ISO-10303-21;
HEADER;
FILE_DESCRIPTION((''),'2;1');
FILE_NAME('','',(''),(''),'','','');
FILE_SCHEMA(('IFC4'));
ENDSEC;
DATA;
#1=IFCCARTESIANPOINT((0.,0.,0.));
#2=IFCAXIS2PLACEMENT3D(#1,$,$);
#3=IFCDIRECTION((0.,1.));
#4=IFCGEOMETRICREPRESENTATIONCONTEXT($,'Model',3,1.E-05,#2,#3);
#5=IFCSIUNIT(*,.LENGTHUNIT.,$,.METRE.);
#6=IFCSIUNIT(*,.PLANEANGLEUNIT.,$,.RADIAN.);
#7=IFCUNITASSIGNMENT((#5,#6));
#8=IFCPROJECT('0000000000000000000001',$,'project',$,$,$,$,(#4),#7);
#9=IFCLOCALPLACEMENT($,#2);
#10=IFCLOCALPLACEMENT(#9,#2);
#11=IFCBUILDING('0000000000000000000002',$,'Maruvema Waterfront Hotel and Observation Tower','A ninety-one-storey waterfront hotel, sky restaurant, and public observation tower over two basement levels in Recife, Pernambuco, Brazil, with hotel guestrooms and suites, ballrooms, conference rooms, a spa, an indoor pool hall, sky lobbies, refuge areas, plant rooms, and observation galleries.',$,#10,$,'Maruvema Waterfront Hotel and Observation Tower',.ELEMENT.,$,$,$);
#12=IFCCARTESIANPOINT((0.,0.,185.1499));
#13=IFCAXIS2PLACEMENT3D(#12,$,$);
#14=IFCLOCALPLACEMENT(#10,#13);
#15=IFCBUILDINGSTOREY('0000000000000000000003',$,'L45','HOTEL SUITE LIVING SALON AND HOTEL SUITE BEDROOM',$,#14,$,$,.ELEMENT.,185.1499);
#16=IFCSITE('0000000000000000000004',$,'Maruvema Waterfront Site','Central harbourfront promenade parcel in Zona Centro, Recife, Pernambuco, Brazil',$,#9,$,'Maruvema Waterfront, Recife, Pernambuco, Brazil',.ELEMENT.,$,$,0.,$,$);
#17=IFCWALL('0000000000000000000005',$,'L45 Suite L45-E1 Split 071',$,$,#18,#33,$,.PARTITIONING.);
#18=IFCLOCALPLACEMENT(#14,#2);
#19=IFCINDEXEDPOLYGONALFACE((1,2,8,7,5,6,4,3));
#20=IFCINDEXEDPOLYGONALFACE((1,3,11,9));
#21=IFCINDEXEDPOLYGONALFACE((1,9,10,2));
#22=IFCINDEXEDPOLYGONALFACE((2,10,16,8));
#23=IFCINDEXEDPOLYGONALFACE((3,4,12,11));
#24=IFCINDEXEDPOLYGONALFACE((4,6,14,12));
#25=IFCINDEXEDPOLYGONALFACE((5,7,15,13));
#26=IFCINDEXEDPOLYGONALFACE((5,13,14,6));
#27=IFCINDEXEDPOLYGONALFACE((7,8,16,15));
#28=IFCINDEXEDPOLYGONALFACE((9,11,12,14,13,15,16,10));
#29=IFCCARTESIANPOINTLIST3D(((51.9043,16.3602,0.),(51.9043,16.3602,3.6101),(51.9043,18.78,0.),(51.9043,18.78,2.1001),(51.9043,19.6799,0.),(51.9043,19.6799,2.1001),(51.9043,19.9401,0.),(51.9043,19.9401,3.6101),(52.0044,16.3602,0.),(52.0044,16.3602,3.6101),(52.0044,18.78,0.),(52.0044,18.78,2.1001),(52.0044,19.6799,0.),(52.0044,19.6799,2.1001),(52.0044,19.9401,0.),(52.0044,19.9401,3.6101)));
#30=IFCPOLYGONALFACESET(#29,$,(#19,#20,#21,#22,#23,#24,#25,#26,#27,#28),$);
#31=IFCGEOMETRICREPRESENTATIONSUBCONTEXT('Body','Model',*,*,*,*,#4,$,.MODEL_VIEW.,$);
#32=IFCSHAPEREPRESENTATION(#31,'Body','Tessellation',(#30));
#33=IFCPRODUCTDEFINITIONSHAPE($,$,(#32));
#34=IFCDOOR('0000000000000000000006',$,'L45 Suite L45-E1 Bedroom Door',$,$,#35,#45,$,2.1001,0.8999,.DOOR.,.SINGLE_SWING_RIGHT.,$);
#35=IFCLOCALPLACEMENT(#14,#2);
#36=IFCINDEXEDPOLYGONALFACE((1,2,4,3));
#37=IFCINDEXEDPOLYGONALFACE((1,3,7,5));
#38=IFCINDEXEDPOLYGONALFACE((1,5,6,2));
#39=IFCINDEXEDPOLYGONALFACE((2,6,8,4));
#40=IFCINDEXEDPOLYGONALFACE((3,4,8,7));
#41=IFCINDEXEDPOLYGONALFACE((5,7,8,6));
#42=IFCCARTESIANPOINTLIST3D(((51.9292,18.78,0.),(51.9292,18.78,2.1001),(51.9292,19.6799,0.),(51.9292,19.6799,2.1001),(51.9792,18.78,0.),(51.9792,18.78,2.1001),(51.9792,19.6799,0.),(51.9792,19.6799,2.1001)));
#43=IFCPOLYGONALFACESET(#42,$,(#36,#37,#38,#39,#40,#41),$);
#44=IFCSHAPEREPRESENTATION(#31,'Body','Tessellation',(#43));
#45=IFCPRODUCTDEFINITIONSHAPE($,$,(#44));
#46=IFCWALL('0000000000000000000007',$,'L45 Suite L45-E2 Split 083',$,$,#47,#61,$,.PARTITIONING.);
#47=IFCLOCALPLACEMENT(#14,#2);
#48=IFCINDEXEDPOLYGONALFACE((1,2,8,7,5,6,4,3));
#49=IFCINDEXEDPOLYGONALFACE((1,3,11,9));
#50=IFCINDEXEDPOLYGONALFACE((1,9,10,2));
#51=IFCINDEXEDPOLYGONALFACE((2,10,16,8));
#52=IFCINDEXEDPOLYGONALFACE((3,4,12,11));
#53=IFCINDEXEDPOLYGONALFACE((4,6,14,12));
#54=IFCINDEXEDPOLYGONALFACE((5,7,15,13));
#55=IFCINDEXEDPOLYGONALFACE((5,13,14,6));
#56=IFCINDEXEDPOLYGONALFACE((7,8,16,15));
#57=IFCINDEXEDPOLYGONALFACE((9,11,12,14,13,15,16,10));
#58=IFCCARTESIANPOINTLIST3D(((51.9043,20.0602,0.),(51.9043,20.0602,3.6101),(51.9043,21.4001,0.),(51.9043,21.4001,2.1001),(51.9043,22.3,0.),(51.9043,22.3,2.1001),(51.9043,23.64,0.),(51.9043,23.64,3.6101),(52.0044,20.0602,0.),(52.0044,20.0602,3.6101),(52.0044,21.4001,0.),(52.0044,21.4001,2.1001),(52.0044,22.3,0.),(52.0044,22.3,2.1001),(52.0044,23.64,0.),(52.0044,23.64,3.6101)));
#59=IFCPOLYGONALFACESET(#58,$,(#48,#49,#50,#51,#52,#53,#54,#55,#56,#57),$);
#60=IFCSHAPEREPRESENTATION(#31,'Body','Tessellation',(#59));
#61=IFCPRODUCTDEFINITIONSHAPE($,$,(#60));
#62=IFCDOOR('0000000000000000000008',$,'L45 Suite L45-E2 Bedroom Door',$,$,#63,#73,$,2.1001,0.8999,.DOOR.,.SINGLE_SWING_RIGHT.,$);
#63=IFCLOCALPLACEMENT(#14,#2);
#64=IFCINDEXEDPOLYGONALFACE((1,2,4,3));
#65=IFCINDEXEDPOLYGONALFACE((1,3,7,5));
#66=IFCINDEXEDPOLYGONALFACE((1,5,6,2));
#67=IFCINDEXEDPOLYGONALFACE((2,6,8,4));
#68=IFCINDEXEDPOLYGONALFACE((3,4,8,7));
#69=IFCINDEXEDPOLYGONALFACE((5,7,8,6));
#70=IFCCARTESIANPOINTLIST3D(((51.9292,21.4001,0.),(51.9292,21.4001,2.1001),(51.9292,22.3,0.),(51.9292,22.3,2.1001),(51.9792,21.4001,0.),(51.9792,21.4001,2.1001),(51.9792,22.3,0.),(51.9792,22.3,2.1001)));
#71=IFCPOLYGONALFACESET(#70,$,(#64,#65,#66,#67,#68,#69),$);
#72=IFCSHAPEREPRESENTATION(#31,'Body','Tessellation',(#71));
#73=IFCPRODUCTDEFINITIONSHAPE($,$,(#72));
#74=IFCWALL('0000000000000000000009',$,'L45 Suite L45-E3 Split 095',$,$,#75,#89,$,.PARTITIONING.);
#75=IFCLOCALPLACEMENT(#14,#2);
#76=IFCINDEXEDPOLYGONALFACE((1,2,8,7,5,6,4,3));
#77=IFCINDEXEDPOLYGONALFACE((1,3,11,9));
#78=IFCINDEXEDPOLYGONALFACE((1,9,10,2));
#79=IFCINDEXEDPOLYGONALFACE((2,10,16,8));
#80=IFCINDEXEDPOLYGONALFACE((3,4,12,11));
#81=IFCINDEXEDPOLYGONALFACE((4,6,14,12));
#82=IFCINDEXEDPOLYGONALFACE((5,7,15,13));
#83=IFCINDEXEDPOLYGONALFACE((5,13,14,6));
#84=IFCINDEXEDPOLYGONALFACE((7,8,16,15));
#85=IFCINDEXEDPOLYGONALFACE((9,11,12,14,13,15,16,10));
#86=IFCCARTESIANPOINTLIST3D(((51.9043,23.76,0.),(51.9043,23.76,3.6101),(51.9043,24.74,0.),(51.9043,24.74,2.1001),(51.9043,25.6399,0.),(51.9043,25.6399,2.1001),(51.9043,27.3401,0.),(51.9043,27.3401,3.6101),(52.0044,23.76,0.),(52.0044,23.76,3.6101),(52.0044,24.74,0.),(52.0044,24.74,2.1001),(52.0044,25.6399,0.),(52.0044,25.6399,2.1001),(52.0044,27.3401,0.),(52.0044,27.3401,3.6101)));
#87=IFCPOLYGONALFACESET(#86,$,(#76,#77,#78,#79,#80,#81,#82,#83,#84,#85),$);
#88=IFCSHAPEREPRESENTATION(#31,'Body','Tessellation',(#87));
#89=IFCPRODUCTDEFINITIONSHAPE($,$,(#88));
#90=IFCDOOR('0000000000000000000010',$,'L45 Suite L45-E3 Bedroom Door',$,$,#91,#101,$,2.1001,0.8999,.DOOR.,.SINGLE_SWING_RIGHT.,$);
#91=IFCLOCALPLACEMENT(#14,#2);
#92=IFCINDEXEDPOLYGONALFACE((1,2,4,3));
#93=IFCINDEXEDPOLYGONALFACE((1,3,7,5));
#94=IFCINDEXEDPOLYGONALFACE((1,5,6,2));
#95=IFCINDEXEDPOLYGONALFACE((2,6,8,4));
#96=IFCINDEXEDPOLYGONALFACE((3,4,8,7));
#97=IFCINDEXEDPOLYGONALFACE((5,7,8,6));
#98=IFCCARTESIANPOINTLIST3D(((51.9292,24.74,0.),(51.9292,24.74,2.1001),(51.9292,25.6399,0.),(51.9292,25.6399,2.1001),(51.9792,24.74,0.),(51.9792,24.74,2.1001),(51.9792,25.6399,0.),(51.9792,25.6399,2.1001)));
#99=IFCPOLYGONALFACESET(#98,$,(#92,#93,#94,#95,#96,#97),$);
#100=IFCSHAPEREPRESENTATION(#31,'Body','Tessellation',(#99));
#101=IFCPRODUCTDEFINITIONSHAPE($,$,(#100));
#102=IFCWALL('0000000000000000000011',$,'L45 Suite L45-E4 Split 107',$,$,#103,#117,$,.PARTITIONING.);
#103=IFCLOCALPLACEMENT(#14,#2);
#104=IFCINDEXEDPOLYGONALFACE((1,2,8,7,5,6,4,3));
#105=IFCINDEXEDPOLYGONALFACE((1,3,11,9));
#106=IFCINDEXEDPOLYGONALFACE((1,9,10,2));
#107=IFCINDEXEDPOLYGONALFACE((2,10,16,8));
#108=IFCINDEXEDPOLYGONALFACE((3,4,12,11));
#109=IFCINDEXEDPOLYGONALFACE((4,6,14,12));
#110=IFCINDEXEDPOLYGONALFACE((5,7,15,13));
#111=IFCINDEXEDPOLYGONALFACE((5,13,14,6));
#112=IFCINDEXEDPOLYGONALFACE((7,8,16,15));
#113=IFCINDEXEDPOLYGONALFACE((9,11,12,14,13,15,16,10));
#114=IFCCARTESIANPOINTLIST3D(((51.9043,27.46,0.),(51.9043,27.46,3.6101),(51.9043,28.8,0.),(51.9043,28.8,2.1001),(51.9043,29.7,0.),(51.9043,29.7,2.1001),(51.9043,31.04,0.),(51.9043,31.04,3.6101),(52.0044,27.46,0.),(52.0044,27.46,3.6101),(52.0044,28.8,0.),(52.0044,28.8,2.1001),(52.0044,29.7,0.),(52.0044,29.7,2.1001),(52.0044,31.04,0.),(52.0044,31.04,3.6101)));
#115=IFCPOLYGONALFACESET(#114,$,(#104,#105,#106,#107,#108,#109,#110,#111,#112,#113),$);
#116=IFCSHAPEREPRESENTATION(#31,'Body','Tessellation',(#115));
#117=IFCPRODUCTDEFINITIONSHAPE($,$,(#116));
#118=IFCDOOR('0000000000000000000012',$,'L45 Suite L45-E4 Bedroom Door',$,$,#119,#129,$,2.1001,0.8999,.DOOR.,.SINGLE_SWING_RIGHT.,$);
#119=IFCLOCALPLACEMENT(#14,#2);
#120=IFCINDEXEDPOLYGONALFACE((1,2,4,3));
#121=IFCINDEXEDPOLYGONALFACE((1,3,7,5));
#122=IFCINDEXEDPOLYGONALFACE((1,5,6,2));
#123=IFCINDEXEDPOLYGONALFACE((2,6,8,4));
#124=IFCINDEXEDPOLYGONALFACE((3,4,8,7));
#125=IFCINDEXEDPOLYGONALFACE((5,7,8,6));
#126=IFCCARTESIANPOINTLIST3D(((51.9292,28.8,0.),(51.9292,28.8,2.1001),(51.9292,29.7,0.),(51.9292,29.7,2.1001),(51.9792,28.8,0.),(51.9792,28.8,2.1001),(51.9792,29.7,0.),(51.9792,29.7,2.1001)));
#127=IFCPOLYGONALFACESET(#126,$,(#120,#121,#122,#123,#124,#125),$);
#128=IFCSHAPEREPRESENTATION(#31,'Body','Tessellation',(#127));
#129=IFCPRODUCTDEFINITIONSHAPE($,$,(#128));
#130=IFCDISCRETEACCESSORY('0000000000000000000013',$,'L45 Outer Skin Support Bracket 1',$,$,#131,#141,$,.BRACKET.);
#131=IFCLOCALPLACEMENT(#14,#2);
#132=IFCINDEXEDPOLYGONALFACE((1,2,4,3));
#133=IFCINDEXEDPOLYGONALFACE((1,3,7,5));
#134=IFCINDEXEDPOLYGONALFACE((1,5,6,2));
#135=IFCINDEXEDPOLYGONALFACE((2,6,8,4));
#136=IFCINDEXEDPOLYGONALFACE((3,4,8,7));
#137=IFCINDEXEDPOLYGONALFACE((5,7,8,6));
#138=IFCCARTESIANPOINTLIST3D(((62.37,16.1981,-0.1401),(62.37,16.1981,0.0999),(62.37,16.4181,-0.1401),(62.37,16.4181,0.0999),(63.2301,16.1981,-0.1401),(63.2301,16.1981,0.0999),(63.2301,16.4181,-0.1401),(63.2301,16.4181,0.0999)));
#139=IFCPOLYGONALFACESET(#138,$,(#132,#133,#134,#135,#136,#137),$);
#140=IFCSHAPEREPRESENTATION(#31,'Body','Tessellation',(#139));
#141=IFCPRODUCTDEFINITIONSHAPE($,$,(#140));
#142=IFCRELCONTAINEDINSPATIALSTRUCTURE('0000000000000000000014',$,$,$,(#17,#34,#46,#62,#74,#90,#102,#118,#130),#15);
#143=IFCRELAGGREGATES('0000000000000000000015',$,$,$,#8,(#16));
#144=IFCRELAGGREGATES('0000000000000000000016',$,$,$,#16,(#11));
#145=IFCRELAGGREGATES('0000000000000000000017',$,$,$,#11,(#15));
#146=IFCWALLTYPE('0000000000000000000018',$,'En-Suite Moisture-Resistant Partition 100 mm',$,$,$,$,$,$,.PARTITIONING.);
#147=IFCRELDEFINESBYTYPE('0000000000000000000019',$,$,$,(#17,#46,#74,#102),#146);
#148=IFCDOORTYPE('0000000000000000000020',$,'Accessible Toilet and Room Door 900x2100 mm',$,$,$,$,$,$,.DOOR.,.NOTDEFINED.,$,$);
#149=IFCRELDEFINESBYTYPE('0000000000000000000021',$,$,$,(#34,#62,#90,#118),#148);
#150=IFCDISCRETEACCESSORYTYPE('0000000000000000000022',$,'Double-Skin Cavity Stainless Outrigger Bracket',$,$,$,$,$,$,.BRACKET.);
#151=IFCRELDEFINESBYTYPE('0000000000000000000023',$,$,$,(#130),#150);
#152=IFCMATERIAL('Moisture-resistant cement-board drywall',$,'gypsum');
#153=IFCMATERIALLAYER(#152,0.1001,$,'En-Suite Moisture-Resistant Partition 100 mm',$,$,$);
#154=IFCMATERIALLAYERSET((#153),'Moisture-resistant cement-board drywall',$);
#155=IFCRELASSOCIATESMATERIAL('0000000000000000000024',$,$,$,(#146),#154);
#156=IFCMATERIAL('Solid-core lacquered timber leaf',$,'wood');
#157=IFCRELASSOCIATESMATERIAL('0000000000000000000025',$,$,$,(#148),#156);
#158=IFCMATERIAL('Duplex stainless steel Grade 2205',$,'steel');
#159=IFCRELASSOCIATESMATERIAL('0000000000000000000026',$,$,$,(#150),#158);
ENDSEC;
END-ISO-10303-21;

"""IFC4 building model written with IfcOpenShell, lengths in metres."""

from ifc_helpers import new_model, si_unit, direction, frame, frame_2d, origin, origin_2d, place, context, subcontext, project, spatial, rectangle, extrude, material, layer, layer_set, type_object, element, fill, save


model = new_model("IFC4")

# Units and contexts
model_context = context("Model", 3, precision=1e-05, world=origin(), true_north=direction((0.0, 1.0)))
body_context = subcontext(model_context, "Body", "Model", "MODEL_VIEW")
ifc_project = project(units=[si_unit("LENGTHUNIT", "METRE"), si_unit("PLANEANGLEUNIT", "RADIAN")], contexts=[model_context])

# Site, building, storey
site_placement = place(None, origin())
site = spatial("IfcSite", under=ifc_project, at=site_placement, Name="Maruvema Waterfront Site", Description="Central harbourfront promenade parcel in Zona Centro, Recife, Pernambuco, Brazil", LongName="Maruvema Waterfront, Recife, Pernambuco, Brazil", CompositionType="ELEMENT", RefElevation=0.0)
building_placement = place(site_placement, origin())
building = spatial("IfcBuilding", under=site, at=building_placement, Name="Maruvema Waterfront Hotel and Observation Tower", Description="A ninety-one-storey waterfront hotel, sky restaurant, and public observation tower over two basement levels in Recife, Pernambuco, Brazil, with hotel guestrooms and suites, ballrooms, conference rooms, a spa, an indoor pool hall, sky lobbies, refuge areas, plant rooms, and observation galleries.", LongName="Maruvema Waterfront Hotel and Observation Tower", CompositionType="ELEMENT")
storey_placement = place(building_placement, frame((0.0, 0.0, 185.1499)))
storey = spatial("IfcBuildingStorey", under=building, at=storey_placement, Name="L45", Description="HOTEL SUITE LIVING SALON AND HOTEL SUITE BEDROOM", CompositionType="ELEMENT", Elevation=185.1499)

# Walls, openings, doors
ifc_material_1 = material(Name="Moisture-resistant cement-board drywall", Category="gypsum")
ifc_layer_1 = layer(ifc_material_1, 0.1001, Name="En-Suite Moisture-Resistant Partition 100 mm")
ifc_layer_set_1 = layer_set([ifc_layer_1], Name="Moisture-resistant cement-board drywall")
wall_type = type_object("IfcWallType", Name="En-Suite Moisture-Resistant Partition 100 mm", PredefinedType="PARTITIONING", material=ifc_layer_set_1)
wall_1_placement = place(storey_placement, frame((51.9543, 16.3601, 0.0), z_axis=(0.0, 0.0, 1.0), x_axis=(0.0, 1.0, 0.0)))
wall_1 = element("IfcWall", 1, at=wall_1_placement, inside=storey, type_object=wall_type, Name="L45 Suite L45-E1 Split 071", PredefinedType="PARTITIONING", context=body_context, shape_type="SweptSolid", body=[
    extrude(rectangle(XDim=3.5798, YDim=0.1001, at=frame_2d((1.79, 0.0))), origin(), (0.0, 0.0, 1.0), 3.6101),
])
opening_1_placement = place(wall_1_placement, frame((2.4199, 0.0, 0.0)))
opening_1 = element("IfcOpeningElement", 2, at=opening_1_placement, cuts=wall_1, PredefinedType="OPENING", context=body_context, shape_type="SweptSolid", body=[
    extrude(rectangle(XDim=0.8999, YDim=2.1001, at=frame_2d((0.45, 1.05))), frame((0.0, 0.0601, 0.0), z_axis=(0.0, -1.0, 0.0), x_axis=(1.0, 0.0, 0.0)), (0.0, 0.0, 1.0), 0.1201),
])
ifc_material_2 = material(Name="Solid-core lacquered timber leaf", Category="wood")
door_type = type_object("IfcDoorType", Name="Accessible Toilet and Room Door 900x2100 mm", OperationType="NOTDEFINED", PredefinedType="DOOR", material=ifc_material_2)
door_1_placement = place(opening_1_placement, frame((0.8999, 0.0, 0.0), z_axis=(0.0, 0.0, 1.0), x_axis=(-1.0, 0.0, 0.0)))
door_1 = element("IfcDoor", 3, at=door_1_placement, inside=storey, type_object=door_type, Name="L45 Suite L45-E1 Bedroom Door", OperationType="SINGLE_SWING_RIGHT", OverallHeight=2.1001, OverallWidth=0.8999, PredefinedType="DOOR", context=body_context, shape_type="SweptSolid", body=[
    extrude(rectangle(XDim=0.8999, YDim=2.1001, at=frame_2d((0.45, 1.05))), frame((0.0, 0.0249, 0.0), z_axis=(0.0, -1.0, 0.0), x_axis=(1.0, 0.0, 0.0)), (0.0, 0.0, 1.0), 0.05),
])
fill(opening_1, door_1)
wall_2_placement = place(storey_placement, frame((51.9543, 20.0601, 0.0), z_axis=(0.0, 0.0, 1.0), x_axis=(0.0, 1.0, 0.0)))
wall_2 = element("IfcWall", 4, at=wall_2_placement, inside=storey, type_object=wall_type, Name="L45 Suite L45-E2 Split 083", PredefinedType="PARTITIONING", context=body_context, shape_type="SweptSolid", body=[
    extrude(rectangle(XDim=3.5798, YDim=0.1001, at=frame_2d((1.79, 0.0))), origin(), (0.0, 0.0, 1.0), 3.6101),
])
opening_2_placement = place(wall_2_placement, frame((1.3401, 0.0, 0.0)))
opening_2 = element("IfcOpeningElement", 5, at=opening_2_placement, cuts=wall_2, PredefinedType="OPENING", context=body_context, shape_type="SweptSolid", body=[
    extrude(rectangle(XDim=0.8999, YDim=2.1001, at=frame_2d((0.45, 1.05))), frame((0.0, 0.0601, 0.0), z_axis=(0.0, -1.0, 0.0), x_axis=(1.0, 0.0, 0.0)), (0.0, 0.0, 1.0), 0.1201),
])
door_2_placement = place(opening_2_placement, frame((0.8999, 0.0, 0.0), z_axis=(0.0, 0.0, 1.0), x_axis=(-1.0, 0.0, 0.0)))
door_2 = element("IfcDoor", 6, at=door_2_placement, inside=storey, type_object=door_type, Name="L45 Suite L45-E2 Bedroom Door", OperationType="SINGLE_SWING_RIGHT", OverallHeight=2.1001, OverallWidth=0.8999, PredefinedType="DOOR", context=body_context, shape_type="SweptSolid", body=[
    extrude(rectangle(XDim=0.8999, YDim=2.1001, at=frame_2d((0.45, 1.05))), frame((0.0, 0.0249, 0.0), z_axis=(0.0, -1.0, 0.0), x_axis=(1.0, 0.0, 0.0)), (0.0, 0.0, 1.0), 0.05),
])
fill(opening_2, door_2)
wall_3_placement = place(storey_placement, frame((51.9543, 23.76, 0.0), z_axis=(0.0, 0.0, 1.0), x_axis=(0.0, 1.0, 0.0)))
wall_3 = element("IfcWall", 7, at=wall_3_placement, inside=storey, type_object=wall_type, Name="L45 Suite L45-E3 Split 095", PredefinedType="PARTITIONING", context=body_context, shape_type="SweptSolid", body=[
    extrude(rectangle(XDim=3.5801, YDim=0.1001, at=frame_2d((1.79, 0.0))), origin(), (0.0, 0.0, 1.0), 3.6101),
])
opening_3_placement = place(wall_3_placement, frame((0.98, 0.0, 0.0)))
opening_3 = element("IfcOpeningElement", 8, at=opening_3_placement, cuts=wall_3, PredefinedType="OPENING", context=body_context, shape_type="SweptSolid", body=[
    extrude(rectangle(XDim=0.8999, YDim=2.1001, at=frame_2d((0.45, 1.05))), frame((0.0, 0.0601, 0.0), z_axis=(0.0, -1.0, 0.0), x_axis=(1.0, 0.0, 0.0)), (0.0, 0.0, 1.0), 0.1201),
])
door_3_placement = place(opening_3_placement, frame((0.8999, 0.0, 0.0), z_axis=(0.0, 0.0, 1.0), x_axis=(-1.0, 0.0, 0.0)))
door_3 = element("IfcDoor", 9, at=door_3_placement, inside=storey, type_object=door_type, Name="L45 Suite L45-E3 Bedroom Door", OperationType="SINGLE_SWING_RIGHT", OverallHeight=2.1001, OverallWidth=0.8999, PredefinedType="DOOR", context=body_context, shape_type="SweptSolid", body=[
    extrude(rectangle(XDim=0.8999, YDim=2.1001, at=frame_2d((0.45, 1.05))), frame((0.0, 0.0249, 0.0), z_axis=(0.0, -1.0, 0.0), x_axis=(1.0, 0.0, 0.0)), (0.0, 0.0, 1.0), 0.05),
])
fill(opening_3, door_3)
wall_4_placement = place(storey_placement, frame((51.9543, 27.46, 0.0), z_axis=(0.0, 0.0, 1.0), x_axis=(0.0, 1.0, 0.0)))
wall_4 = element("IfcWall", 10, at=wall_4_placement, inside=storey, type_object=wall_type, Name="L45 Suite L45-E4 Split 107", PredefinedType="PARTITIONING", context=body_context, shape_type="SweptSolid", body=[
    extrude(rectangle(XDim=3.5801, YDim=0.1001, at=frame_2d((1.79, 0.0))), origin(), (0.0, 0.0, 1.0), 3.6101),
])
opening_4_placement = place(wall_4_placement, frame((1.3401, 0.0, 0.0)))
opening_4 = element("IfcOpeningElement", 11, at=opening_4_placement, cuts=wall_4, PredefinedType="OPENING", context=body_context, shape_type="SweptSolid", body=[
    extrude(rectangle(XDim=0.8999, YDim=2.1001, at=frame_2d((0.45, 1.05))), frame((0.0, 0.0601, 0.0), z_axis=(0.0, -1.0, 0.0), x_axis=(1.0, 0.0, 0.0)), (0.0, 0.0, 1.0), 0.1201),
])
door_4_placement = place(opening_4_placement, frame((0.8999, 0.0, 0.0), z_axis=(0.0, 0.0, 1.0), x_axis=(-1.0, 0.0, 0.0)))
door_4 = element("IfcDoor", 12, at=door_4_placement, inside=storey, type_object=door_type, Name="L45 Suite L45-E4 Bedroom Door", OperationType="SINGLE_SWING_RIGHT", OverallHeight=2.1001, OverallWidth=0.8999, PredefinedType="DOOR", context=body_context, shape_type="SweptSolid", body=[
    extrude(rectangle(XDim=0.8999, YDim=2.1001, at=frame_2d((0.45, 1.05))), frame((0.0, 0.0249, 0.0), z_axis=(0.0, -1.0, 0.0), x_axis=(1.0, 0.0, 0.0)), (0.0, 0.0, 1.0), 0.05),
])
fill(opening_4, door_4)

# Discrete accessory
ifc_material_3 = material(Name="Duplex stainless steel Grade 2205", Category="steel")
discrete_accessory_type = type_object("IfcDiscreteAccessoryType", Name="Double-Skin Cavity Stainless Outrigger Bracket", PredefinedType="BRACKET", material=ifc_material_3)
discrete_accessory_placement = place(storey_placement, frame((62.8, 16.3081, -0.1401), z_axis=(0.0, 0.0, 1.0), x_axis=(0.0, 1.0, 0.0)))
element("IfcDiscreteAccessory", 13, at=discrete_accessory_placement, inside=storey, type_object=discrete_accessory_type, Name="L45 Outer Skin Support Bracket 1", PredefinedType="BRACKET", context=body_context, shape_type="SweptSolid", body=[
    extrude(rectangle(XDim=0.22, YDim=0.8601, at=origin_2d()), origin(), (0.0, 0.0, 1.0), 0.24),
])

save(model, "model.ifc")
